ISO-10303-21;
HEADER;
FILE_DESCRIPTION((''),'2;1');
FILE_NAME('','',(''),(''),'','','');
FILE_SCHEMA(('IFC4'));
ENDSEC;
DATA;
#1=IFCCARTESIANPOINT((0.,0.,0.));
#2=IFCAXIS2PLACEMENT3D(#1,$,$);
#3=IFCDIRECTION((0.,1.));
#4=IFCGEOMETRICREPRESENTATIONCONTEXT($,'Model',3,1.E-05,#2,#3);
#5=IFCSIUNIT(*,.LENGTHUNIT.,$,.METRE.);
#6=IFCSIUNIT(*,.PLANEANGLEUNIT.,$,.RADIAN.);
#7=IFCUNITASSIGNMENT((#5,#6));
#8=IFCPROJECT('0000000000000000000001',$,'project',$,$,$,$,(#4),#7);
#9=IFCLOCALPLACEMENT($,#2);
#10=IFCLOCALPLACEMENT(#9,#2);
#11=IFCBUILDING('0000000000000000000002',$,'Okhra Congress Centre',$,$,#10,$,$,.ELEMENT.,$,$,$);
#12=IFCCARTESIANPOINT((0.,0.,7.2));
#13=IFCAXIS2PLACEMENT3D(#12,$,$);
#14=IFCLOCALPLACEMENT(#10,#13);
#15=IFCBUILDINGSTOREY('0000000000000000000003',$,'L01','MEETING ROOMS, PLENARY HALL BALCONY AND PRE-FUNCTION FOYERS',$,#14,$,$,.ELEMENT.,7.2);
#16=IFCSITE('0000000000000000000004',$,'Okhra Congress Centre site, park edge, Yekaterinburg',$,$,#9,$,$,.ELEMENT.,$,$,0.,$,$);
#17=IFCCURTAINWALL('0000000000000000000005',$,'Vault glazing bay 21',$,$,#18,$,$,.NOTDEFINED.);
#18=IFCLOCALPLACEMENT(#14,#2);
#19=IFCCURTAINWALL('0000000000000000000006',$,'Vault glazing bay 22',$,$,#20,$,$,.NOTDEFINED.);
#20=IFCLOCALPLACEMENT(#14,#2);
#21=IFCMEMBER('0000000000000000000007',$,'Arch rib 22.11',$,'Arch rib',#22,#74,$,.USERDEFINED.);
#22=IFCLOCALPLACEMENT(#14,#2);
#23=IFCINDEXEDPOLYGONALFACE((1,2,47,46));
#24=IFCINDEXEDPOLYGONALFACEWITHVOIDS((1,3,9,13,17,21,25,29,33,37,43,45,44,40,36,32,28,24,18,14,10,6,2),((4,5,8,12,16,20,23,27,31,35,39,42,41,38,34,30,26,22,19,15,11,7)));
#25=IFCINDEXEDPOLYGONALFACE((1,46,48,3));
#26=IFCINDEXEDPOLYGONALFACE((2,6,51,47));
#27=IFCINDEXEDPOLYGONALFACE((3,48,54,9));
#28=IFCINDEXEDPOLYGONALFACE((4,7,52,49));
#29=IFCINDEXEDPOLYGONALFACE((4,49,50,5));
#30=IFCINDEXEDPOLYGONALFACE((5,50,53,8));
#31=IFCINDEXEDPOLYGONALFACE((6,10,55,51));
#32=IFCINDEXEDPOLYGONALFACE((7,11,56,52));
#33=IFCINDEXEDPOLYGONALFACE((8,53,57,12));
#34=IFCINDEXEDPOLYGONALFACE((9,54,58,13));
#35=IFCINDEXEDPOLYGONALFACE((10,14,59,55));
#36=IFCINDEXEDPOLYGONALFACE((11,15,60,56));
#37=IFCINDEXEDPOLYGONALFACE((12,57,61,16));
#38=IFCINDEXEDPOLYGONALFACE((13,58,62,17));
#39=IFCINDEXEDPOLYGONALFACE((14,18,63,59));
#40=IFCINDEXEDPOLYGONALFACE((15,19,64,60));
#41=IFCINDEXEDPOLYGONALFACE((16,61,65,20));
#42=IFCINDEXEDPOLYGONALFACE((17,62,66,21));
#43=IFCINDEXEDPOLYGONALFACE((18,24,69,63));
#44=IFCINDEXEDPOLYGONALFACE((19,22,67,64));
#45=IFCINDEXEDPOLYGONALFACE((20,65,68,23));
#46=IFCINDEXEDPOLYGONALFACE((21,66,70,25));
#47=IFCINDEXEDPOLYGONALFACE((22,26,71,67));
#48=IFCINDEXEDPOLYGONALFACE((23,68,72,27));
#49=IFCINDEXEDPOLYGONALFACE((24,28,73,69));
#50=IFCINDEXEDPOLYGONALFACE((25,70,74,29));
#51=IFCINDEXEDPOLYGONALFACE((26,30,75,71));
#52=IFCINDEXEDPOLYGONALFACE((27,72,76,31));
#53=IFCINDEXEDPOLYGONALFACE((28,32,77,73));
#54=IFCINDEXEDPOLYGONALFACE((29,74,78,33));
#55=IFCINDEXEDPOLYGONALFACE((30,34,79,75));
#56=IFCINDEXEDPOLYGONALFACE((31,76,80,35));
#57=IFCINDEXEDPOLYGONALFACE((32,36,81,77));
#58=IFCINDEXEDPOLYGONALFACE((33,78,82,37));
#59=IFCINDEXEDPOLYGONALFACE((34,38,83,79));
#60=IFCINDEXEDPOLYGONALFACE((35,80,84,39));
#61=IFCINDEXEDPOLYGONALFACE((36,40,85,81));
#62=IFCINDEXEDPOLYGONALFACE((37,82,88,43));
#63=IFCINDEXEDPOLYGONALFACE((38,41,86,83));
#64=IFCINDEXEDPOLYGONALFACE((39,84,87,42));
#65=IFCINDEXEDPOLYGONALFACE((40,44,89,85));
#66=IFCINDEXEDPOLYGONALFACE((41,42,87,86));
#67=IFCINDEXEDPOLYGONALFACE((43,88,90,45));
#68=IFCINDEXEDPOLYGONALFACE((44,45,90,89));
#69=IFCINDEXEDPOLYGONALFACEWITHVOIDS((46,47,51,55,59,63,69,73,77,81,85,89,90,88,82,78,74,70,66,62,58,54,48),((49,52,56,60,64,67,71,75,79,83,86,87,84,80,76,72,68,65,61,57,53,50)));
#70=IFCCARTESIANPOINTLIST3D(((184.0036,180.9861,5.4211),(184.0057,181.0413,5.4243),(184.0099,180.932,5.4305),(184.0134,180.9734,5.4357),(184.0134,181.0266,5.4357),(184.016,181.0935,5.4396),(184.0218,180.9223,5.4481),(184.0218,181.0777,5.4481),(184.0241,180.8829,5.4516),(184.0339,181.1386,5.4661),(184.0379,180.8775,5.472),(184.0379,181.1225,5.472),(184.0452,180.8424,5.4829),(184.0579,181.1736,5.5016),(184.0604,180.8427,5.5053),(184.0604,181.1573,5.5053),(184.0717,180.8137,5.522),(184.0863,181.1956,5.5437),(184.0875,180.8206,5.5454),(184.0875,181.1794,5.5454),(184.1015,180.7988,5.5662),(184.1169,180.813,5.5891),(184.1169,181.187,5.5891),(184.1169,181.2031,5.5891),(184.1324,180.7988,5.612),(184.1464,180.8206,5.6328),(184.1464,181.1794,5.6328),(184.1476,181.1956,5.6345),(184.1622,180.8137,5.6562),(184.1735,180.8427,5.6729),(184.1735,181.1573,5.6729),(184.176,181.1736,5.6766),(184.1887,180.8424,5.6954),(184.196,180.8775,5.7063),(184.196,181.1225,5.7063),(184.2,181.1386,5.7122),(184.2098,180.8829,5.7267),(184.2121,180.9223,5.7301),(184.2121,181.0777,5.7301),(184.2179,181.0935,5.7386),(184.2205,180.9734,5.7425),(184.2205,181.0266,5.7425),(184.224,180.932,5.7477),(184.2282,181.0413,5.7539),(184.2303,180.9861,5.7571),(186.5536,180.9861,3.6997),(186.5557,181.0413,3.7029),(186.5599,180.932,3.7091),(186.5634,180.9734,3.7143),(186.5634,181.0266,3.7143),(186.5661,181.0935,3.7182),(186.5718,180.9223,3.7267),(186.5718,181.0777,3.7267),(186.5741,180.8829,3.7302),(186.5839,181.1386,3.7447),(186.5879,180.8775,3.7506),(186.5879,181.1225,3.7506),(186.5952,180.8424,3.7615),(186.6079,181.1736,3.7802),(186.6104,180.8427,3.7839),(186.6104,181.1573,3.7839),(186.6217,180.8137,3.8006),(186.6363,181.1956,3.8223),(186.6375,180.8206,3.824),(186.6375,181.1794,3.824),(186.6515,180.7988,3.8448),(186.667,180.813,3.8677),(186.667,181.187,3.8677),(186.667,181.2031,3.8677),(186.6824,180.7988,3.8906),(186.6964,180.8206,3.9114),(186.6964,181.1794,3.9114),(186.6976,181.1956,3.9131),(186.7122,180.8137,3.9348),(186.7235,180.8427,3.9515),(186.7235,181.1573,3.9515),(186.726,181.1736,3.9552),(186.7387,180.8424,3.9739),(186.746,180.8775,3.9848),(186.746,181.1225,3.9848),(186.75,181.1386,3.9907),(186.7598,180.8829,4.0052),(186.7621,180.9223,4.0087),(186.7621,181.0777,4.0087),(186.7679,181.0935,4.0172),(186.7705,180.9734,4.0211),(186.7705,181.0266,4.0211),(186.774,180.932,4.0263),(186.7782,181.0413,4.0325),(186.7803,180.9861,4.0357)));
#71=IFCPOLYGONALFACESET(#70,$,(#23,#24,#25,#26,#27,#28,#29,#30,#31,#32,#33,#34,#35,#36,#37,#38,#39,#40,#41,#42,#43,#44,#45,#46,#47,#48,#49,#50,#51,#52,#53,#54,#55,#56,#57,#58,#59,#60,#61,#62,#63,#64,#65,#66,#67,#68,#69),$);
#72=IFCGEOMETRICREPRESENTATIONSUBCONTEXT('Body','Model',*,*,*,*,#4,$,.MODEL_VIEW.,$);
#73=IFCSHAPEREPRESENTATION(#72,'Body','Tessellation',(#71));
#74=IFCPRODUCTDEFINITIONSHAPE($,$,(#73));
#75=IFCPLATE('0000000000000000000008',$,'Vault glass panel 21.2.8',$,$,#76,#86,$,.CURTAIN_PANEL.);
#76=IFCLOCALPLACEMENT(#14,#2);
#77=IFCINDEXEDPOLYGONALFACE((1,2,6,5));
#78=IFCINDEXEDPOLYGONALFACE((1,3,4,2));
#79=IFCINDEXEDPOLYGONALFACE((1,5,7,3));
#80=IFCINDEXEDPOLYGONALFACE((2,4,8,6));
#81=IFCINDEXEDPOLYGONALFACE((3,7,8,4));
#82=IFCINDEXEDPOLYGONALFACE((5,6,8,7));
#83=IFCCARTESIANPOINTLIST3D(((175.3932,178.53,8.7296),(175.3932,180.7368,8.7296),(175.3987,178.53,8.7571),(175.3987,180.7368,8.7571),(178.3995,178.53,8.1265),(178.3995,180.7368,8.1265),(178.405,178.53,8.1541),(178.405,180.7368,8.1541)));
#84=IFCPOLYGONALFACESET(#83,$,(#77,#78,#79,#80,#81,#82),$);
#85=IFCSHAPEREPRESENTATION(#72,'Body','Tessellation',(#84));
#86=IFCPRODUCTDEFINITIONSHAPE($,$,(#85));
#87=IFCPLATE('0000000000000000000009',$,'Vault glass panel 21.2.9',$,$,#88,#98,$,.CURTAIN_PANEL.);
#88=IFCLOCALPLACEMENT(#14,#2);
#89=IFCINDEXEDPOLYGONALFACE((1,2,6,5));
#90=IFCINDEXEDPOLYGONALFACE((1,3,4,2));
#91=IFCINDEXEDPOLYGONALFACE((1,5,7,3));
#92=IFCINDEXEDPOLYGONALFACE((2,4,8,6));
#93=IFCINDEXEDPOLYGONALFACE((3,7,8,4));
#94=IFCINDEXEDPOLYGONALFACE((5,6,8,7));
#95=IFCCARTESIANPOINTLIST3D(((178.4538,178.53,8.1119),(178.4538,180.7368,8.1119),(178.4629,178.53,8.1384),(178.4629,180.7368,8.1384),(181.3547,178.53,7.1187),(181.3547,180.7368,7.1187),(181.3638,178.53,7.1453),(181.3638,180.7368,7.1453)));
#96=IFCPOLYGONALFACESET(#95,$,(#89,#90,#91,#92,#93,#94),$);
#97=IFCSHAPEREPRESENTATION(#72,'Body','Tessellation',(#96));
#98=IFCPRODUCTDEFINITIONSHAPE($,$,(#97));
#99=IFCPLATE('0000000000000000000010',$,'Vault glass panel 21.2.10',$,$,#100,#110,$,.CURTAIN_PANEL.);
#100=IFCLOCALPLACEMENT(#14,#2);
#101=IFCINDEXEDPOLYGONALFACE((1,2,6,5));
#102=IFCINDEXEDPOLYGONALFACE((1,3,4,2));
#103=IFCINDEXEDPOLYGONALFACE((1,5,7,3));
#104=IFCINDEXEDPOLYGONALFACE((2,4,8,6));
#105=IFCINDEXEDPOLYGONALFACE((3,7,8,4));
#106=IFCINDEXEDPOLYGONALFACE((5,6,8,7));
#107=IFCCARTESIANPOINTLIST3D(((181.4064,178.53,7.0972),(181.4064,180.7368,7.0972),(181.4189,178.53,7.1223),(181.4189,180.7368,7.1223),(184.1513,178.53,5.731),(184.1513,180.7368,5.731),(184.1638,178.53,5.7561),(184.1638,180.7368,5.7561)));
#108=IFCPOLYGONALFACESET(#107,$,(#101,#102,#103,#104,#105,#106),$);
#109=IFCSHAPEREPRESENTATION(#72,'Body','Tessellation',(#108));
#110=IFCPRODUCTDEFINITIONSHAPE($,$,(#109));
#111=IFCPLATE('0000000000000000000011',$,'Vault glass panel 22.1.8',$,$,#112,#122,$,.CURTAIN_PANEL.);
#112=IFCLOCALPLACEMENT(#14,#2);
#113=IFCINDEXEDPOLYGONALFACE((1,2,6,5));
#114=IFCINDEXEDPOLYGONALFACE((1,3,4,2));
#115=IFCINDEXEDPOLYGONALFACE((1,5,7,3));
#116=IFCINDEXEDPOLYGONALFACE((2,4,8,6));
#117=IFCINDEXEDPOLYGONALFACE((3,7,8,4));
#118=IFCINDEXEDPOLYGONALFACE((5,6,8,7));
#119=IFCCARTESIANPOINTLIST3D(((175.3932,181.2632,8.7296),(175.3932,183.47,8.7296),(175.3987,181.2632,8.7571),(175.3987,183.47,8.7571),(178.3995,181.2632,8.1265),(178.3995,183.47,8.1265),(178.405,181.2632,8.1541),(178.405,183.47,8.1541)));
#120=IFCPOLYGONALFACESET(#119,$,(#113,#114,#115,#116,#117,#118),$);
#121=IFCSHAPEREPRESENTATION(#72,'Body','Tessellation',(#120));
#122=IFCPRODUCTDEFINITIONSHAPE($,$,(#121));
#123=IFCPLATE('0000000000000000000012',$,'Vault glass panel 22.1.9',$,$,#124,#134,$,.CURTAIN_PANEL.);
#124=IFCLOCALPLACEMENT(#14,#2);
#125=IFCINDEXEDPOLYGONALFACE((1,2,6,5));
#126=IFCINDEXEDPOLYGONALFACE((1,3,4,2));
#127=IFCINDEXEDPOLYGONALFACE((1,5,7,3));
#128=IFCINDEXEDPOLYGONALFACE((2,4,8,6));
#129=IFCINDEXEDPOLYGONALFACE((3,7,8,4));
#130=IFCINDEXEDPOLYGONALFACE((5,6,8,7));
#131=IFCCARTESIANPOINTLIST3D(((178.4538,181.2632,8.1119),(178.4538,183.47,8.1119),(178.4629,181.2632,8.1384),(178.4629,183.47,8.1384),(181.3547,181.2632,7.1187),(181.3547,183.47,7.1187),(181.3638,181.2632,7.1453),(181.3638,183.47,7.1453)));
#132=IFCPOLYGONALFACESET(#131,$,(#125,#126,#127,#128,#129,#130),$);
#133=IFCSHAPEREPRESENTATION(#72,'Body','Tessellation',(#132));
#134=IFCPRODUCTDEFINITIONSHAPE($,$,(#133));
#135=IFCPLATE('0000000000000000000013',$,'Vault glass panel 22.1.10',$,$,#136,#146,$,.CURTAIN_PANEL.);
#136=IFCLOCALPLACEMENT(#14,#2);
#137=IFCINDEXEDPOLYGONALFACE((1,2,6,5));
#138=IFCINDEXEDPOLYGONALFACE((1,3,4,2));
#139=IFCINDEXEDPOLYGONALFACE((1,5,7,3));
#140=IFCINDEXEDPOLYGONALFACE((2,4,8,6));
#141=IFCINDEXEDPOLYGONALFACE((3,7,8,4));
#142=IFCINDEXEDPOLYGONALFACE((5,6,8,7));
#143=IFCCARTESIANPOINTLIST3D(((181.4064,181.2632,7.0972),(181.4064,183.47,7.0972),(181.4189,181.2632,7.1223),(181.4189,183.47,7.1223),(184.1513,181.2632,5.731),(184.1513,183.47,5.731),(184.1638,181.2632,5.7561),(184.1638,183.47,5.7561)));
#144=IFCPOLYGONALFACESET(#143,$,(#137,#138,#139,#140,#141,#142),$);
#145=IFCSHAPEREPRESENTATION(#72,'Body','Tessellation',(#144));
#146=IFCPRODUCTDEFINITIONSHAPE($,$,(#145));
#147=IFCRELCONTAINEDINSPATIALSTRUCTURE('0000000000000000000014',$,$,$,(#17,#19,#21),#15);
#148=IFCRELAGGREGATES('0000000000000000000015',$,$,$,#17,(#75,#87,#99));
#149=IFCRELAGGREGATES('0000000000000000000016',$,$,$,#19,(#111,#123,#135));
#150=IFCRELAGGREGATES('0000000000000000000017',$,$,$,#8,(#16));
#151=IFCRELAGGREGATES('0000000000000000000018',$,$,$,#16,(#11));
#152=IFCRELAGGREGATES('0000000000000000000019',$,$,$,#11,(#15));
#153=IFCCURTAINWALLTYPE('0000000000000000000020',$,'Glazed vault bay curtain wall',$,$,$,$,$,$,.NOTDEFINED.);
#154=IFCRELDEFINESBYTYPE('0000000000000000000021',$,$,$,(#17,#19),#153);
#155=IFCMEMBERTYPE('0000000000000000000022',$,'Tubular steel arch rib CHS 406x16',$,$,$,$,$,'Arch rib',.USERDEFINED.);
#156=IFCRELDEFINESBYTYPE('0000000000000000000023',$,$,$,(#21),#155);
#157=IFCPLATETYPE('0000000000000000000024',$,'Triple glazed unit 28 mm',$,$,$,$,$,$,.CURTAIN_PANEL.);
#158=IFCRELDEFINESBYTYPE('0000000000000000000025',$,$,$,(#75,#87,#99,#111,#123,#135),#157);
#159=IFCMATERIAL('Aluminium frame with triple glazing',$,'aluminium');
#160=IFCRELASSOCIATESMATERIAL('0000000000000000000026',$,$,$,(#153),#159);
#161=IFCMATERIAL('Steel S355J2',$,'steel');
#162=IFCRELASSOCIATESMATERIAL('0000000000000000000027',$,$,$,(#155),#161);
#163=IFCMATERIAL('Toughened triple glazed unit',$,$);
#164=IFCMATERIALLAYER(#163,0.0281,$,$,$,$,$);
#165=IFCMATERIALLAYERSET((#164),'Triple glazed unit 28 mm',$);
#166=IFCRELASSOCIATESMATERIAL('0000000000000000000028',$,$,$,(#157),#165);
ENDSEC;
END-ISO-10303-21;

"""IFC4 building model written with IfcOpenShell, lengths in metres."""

from ifc_helpers import new_model, si_unit, direction, frame, origin, origin_2d, place, context, subcontext, project, spatial, polyline, hollow_circle, outline, extrude, material, layer, layer_set, material_profile, profile_set, type_object, element, aggregate, save


model = new_model("IFC4")

# Units and contexts
model_context = context("Model", 3, precision=1e-05, world=origin(), true_north=direction((0.0, 1.0)))
body_context = subcontext(model_context, "Body", "Model", "MODEL_VIEW")
ifc_project = project(units=[si_unit("LENGTHUNIT", "METRE"), si_unit("PLANEANGLEUNIT", "RADIAN")], contexts=[model_context])

# Site, building, storey
site_placement = place(None, origin())
site = spatial("IfcSite", under=ifc_project, at=site_placement, Name="Okhra Congress Centre site, park edge, Yekaterinburg", CompositionType="ELEMENT", RefElevation=0.0)
building_placement = place(site_placement, origin())
building = spatial("IfcBuilding", under=site, at=building_placement, Name="Okhra Congress Centre", CompositionType="ELEMENT")
storey_placement = place(building_placement, frame((0.0, 0.0, 7.2)))
storey = spatial("IfcBuildingStorey", under=building, at=storey_placement, Name="L01", Description="MEETING ROOMS, PLENARY HALL BALCONY AND PRE-FUNCTION FOYERS", CompositionType="ELEMENT", Elevation=7.2)

# Curtain walls
ifc_material_1 = material(Name="Aluminium frame with triple glazing", Category="aluminium")
curtain_wall_type = type_object("IfcCurtainWallType", Name="Glazed vault bay curtain wall", PredefinedType="NOTDEFINED", material=ifc_material_1)
curtain_wall_1_placement = place(storey_placement, origin())
curtain_wall_1 = element("IfcCurtainWall", 1, at=curtain_wall_1_placement, inside=storey, type_object=curtain_wall_type, Name="Vault glazing bay 21", PredefinedType="NOTDEFINED")
curtain_wall_2_placement = place(storey_placement, origin())
curtain_wall_2 = element("IfcCurtainWall", 2, at=curtain_wall_2_placement, inside=storey, type_object=curtain_wall_type, Name="Vault glazing bay 22", PredefinedType="NOTDEFINED")

# Member
ifc_material_2 = material(Name="Steel S355J2", Category="steel")
ifc_material_profile_1 = material_profile(ifc_material_2, hollow_circle(Radius=0.2031, WallThickness=0.0161, at=origin_2d()), Name="CHS 406.4x16")
ifc_profile_set_1 = profile_set([ifc_material_profile_1], Name="Steel S355J2")
member_type_1 = type_object("IfcMemberType", Name="Tubular steel arch rib CHS 406x16", ElementType="Arch rib", PredefinedType="USERDEFINED", material=ifc_profile_set_1)
member_1_placement = place(storey_placement, frame((184.1169, 181.0, 5.5891), z_axis=(0.828826, 0.0, -0.559507), x_axis=(0.0, 1.0, 0.0)))
element("IfcMember", 3, at=member_1_placement, inside=storey, type_object=member_type_1, Name="Arch rib 22.11", ObjectType="Arch rib", PredefinedType="USERDEFINED", context=body_context, shape_type="SweptSolid", body=[
    extrude(hollow_circle(Radius=0.2031, WallThickness=0.0161, at=origin_2d()), origin(), (0.0, 0.0, 1.0), 3.0767),
])

# Plates
ifc_material_3 = material(Name="Toughened triple glazed unit")
ifc_layer = layer(ifc_material_3, 0.0281)
ifc_layer_set = layer_set([ifc_layer], Name="Triple glazed unit 28 mm")
plate_type = type_object("IfcPlateType", Name="Triple glazed unit 28 mm", PredefinedType="CURTAIN_PANEL", material=ifc_layer_set)
plate_1_placement = place(storey_placement, frame((175.3987, 178.53, 8.7571), z_axis=(0.196667, 0.0, 0.98047), x_axis=(0.98047, 0.0, -0.196667)))
plate_1 = element("IfcPlate", 4, at=plate_1_placement, type_object=plate_type, Name="Vault glass panel 21.2.8", PredefinedType="CURTAIN_PANEL", context=body_context, shape_type="SweptSolid", body=[
    extrude(outline(polyline([(0.0, 0.0), (3.0662, 0.0), (3.0662, 2.2068), (0.0, 2.2068), (0.0, 0.0)])), origin(), (0.0, 0.0, -1.0), 0.0281),
])
plate_2_placement = place(storey_placement, frame((178.4629, 178.53, 8.1384), z_axis=(0.323909, 0.0, 0.946088), x_axis=(0.946088, 0.0, -0.323909)))
plate_2 = element("IfcPlate", 5, at=plate_2_placement, type_object=plate_type, Name="Vault glass panel 21.2.9", PredefinedType="CURTAIN_PANEL", context=body_context, shape_type="SweptSolid", body=[
    extrude(outline(polyline([(0.0, 0.0), (3.0662, 0.0), (3.0662, 2.2068), (0.0, 2.2068), (0.0, 0.0)])), origin(), (0.0, 0.0, -1.0), 0.0281),
])
plate_3_placement = place(storey_placement, frame((181.4189, 178.53, 7.1223), z_axis=(0.445588, 0.0, 0.895238), x_axis=(0.895238, 0.0, -0.445588)))
plate_3 = element("IfcPlate", 6, at=plate_3_placement, type_object=plate_type, Name="Vault glass panel 21.2.10", PredefinedType="CURTAIN_PANEL", context=body_context, shape_type="SweptSolid", body=[
    extrude(outline(polyline([(0.0, 0.0), (3.0661, 0.0), (3.0661, 2.2068), (0.0, 2.2068), (0.0, 0.0)])), origin(), (0.0, 0.0, -1.0), 0.0281),
])
aggregate(curtain_wall_1, [plate_1, plate_2, plate_3])
plate_4_placement = place(storey_placement, frame((175.3987, 181.2632, 8.7571), z_axis=(0.196667, 0.0, 0.98047), x_axis=(0.98047, 0.0, -0.196667)))
plate_4 = element("IfcPlate", 7, at=plate_4_placement, type_object=plate_type, Name="Vault glass panel 22.1.8", PredefinedType="CURTAIN_PANEL", context=body_context, shape_type="SweptSolid", body=[
    extrude(outline(polyline([(0.0, 0.0), (3.0662, 0.0), (3.0662, 2.2068), (0.0, 2.2068), (0.0, 0.0)])), origin(), (0.0, 0.0, -1.0), 0.0281),
])
plate_5_placement = place(storey_placement, frame((178.4629, 181.2632, 8.1384), z_axis=(0.323909, 0.0, 0.946088), x_axis=(0.946088, 0.0, -0.323909)))
plate_5 = element("IfcPlate", 8, at=plate_5_placement, type_object=plate_type, Name="Vault glass panel 22.1.9", PredefinedType="CURTAIN_PANEL", context=body_context, shape_type="SweptSolid", body=[
    extrude(outline(polyline([(0.0, 0.0), (3.0662, 0.0), (3.0662, 2.2068), (0.0, 2.2068), (0.0, 0.0)])), origin(), (0.0, 0.0, -1.0), 0.0281),
])
plate_6_placement = place(storey_placement, frame((181.4189, 181.2632, 7.1223), z_axis=(0.445588, 0.0, 0.895238), x_axis=(0.895238, 0.0, -0.445588)))
plate_6 = element("IfcPlate", 9, at=plate_6_placement, type_object=plate_type, Name="Vault glass panel 22.1.10", PredefinedType="CURTAIN_PANEL", context=body_context, shape_type="SweptSolid", body=[
    extrude(outline(polyline([(0.0, 0.0), (3.0661, 0.0), (3.0661, 2.2068), (0.0, 2.2068), (0.0, 0.0)])), origin(), (0.0, 0.0, -1.0), 0.0281),
])
aggregate(curtain_wall_2, [plate_4, plate_5, plate_6])

save(model, "model.ifc")
